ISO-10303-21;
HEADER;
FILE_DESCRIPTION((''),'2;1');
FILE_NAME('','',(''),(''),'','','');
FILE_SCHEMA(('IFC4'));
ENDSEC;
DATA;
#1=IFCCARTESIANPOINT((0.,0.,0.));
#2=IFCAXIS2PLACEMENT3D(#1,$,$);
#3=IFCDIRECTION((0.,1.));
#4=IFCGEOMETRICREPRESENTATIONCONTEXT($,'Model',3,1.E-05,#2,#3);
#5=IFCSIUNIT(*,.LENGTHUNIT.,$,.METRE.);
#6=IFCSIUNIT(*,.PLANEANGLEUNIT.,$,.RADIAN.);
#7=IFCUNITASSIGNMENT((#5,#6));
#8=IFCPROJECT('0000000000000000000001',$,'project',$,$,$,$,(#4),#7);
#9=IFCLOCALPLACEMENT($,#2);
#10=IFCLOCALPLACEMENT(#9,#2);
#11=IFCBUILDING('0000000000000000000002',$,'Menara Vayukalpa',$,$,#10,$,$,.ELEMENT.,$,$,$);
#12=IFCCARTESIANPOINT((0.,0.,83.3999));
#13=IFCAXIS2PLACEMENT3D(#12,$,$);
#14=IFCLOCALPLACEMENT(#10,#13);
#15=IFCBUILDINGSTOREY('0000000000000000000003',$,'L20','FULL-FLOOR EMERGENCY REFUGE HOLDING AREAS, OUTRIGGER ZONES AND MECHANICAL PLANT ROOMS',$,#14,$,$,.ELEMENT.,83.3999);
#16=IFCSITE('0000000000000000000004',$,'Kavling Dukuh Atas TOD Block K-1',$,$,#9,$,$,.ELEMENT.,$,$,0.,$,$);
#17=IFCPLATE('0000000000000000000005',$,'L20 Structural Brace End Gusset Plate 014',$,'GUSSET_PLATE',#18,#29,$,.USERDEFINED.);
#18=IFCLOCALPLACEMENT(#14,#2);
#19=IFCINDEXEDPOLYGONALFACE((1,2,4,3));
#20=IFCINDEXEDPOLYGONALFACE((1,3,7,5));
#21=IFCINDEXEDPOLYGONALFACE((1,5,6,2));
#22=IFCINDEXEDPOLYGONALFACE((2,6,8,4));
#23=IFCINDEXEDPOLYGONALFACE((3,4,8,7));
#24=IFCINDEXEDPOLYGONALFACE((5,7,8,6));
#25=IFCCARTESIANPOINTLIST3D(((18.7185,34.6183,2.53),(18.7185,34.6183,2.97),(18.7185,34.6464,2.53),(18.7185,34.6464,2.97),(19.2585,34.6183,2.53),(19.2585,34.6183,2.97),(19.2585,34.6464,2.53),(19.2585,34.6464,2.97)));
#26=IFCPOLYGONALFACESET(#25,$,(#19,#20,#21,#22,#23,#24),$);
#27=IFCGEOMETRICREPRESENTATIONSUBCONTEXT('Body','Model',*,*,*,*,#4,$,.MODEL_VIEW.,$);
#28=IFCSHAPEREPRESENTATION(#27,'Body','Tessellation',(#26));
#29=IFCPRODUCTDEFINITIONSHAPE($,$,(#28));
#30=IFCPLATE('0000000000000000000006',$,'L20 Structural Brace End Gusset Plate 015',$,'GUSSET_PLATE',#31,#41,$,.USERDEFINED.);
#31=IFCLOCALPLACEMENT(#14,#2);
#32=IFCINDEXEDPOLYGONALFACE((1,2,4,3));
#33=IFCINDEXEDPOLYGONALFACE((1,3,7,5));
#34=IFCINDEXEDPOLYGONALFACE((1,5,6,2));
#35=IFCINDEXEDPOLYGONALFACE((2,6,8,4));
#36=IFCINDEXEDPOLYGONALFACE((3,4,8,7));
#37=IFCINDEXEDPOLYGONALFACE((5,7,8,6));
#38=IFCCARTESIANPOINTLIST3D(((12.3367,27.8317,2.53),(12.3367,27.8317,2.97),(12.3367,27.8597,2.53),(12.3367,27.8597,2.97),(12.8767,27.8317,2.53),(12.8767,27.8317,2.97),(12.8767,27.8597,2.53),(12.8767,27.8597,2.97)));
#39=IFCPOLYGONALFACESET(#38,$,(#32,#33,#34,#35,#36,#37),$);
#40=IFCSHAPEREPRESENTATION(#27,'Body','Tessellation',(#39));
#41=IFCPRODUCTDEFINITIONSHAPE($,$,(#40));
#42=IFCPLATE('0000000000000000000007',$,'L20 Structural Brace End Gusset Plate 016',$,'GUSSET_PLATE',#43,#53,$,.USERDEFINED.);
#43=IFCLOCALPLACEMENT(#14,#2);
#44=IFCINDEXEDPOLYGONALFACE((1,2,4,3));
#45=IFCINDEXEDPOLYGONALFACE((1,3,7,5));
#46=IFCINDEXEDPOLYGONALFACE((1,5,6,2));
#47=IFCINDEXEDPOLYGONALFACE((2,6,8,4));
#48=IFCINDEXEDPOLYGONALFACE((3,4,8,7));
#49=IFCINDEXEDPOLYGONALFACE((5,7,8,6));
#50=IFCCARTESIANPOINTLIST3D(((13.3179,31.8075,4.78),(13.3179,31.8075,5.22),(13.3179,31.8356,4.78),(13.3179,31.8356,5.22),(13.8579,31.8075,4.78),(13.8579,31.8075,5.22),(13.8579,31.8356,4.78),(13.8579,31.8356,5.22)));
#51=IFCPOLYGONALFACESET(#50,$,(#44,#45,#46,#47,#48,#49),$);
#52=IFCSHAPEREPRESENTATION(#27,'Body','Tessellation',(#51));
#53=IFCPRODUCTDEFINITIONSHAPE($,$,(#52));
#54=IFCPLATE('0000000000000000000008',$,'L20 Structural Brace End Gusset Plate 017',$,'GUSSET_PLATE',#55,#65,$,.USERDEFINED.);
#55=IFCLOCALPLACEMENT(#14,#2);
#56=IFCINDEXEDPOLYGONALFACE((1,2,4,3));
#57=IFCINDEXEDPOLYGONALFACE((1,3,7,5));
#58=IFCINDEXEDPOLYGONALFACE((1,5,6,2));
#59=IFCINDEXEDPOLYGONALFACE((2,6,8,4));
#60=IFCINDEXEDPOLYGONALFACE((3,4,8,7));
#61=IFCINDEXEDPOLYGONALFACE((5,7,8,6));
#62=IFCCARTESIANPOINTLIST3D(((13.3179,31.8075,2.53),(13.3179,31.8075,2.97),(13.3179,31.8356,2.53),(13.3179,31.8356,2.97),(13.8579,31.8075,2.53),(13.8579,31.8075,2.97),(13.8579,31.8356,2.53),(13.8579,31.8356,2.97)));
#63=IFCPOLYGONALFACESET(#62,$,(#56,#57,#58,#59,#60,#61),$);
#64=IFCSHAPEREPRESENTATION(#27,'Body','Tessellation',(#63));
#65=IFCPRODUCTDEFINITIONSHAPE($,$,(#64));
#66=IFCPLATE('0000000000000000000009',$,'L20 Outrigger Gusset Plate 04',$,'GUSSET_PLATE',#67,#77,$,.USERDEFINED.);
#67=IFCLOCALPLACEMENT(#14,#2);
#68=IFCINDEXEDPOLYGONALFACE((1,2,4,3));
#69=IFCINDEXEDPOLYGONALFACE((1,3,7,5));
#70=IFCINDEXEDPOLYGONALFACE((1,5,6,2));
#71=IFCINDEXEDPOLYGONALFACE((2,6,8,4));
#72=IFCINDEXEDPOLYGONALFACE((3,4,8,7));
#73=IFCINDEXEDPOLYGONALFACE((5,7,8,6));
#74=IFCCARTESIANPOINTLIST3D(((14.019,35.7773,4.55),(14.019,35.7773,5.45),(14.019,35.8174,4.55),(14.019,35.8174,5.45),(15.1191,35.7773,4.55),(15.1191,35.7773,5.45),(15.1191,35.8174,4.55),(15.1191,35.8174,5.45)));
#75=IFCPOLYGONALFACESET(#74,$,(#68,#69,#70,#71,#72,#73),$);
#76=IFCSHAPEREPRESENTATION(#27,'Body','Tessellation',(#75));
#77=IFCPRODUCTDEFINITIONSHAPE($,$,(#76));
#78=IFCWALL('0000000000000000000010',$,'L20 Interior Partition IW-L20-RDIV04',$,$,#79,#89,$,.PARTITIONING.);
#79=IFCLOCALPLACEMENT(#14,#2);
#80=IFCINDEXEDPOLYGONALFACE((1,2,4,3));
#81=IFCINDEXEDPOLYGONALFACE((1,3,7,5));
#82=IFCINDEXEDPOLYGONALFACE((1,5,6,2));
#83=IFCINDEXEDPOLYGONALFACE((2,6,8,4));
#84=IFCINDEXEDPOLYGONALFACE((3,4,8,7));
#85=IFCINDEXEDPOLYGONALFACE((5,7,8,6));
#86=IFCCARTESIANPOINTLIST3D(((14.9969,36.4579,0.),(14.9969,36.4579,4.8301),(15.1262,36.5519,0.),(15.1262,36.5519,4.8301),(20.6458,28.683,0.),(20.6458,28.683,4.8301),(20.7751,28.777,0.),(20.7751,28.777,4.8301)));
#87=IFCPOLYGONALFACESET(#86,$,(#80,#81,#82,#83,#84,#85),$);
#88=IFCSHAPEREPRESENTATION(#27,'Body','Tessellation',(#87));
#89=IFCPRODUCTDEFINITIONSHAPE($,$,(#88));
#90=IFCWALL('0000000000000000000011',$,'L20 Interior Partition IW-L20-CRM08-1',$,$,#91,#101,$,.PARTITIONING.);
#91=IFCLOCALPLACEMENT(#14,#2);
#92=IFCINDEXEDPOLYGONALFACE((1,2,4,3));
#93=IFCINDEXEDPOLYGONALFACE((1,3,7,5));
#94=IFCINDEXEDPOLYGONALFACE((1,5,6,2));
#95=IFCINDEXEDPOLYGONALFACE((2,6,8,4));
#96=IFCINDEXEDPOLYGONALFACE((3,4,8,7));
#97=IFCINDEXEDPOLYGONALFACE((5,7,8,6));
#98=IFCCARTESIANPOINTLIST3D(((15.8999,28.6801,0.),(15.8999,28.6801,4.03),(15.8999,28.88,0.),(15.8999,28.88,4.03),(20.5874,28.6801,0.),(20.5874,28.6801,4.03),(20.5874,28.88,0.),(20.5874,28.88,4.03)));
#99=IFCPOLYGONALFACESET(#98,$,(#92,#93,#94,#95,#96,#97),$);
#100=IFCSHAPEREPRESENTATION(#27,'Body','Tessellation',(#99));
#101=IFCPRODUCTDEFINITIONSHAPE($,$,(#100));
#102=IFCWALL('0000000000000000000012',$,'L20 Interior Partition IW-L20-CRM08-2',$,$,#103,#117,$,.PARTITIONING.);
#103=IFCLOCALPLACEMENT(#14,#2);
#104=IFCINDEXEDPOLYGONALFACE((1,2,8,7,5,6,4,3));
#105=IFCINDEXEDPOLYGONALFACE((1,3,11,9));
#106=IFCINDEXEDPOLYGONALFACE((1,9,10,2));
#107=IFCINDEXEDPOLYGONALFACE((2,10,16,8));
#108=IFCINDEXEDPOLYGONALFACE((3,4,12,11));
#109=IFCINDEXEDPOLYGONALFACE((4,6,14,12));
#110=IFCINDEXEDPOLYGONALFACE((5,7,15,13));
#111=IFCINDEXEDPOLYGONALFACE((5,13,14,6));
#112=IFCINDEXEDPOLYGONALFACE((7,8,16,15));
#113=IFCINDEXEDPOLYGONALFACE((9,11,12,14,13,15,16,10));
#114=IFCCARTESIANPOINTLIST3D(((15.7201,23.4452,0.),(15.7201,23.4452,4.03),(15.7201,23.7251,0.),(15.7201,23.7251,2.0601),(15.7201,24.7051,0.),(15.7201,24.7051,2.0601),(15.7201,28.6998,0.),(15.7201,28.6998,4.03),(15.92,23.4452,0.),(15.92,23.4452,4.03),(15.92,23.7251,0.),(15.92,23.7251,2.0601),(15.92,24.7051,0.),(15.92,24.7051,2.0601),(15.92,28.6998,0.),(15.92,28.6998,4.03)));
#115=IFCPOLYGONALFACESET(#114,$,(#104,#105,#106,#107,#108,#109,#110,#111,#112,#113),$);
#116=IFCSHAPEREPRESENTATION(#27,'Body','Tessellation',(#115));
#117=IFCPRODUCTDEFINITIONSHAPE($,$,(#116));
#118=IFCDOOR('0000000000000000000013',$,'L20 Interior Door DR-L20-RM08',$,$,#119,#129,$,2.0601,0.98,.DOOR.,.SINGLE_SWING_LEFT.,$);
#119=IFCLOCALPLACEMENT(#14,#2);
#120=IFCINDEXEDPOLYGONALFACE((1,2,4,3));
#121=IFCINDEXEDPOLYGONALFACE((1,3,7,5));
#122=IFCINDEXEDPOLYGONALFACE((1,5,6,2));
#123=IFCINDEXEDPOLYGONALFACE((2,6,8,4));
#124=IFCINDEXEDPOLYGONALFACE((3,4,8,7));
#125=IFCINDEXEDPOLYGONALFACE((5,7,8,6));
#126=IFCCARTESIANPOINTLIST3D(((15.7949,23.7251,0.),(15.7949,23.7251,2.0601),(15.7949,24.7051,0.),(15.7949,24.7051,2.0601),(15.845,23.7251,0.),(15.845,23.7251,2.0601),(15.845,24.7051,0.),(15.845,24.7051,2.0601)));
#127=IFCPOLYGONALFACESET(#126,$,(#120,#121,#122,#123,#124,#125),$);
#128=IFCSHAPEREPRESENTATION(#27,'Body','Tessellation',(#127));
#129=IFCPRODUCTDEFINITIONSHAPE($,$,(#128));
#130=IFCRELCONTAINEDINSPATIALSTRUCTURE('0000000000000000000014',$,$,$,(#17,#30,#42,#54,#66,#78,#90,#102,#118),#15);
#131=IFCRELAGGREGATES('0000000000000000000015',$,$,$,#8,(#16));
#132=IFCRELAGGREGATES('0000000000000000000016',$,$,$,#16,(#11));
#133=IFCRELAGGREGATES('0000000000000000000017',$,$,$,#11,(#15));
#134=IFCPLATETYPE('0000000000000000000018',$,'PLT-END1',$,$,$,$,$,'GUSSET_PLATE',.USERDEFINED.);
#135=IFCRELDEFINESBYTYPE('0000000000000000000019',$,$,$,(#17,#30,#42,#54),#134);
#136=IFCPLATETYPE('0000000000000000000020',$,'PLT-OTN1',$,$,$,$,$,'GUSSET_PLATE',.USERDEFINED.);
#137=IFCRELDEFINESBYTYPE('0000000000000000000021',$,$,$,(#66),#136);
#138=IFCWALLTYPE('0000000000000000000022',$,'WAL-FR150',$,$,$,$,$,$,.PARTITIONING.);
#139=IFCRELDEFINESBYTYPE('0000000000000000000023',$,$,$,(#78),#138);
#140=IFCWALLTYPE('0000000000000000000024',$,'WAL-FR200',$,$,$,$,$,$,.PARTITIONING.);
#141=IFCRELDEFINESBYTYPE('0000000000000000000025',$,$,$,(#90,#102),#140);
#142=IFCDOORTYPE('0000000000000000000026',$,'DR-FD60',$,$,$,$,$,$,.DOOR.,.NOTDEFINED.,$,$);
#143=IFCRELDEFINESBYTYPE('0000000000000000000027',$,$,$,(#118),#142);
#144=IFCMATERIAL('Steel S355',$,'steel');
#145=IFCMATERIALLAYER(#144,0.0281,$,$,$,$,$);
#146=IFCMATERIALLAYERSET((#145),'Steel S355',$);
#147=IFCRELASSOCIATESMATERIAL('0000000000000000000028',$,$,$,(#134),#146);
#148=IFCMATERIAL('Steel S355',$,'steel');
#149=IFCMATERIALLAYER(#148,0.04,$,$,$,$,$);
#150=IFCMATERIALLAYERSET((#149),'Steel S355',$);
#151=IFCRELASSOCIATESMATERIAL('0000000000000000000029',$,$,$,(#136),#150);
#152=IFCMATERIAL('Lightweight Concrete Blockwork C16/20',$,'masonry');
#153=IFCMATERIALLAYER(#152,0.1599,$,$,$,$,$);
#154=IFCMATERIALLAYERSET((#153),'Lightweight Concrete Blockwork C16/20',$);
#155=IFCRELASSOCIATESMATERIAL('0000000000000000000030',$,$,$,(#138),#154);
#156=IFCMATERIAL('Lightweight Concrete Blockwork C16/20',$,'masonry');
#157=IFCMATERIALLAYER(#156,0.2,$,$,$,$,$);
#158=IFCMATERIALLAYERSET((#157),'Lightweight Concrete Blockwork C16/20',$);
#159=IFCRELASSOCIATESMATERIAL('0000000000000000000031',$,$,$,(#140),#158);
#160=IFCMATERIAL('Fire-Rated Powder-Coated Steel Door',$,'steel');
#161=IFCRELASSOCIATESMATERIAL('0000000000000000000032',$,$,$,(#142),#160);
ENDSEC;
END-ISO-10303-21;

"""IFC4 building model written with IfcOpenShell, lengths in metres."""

from ifc_helpers import new_model, si_unit, direction, frame, frame_2d, origin, origin_2d, place, context, subcontext, project, spatial, rectangle, extrude, material, layer, layer_set, type_object, element, fill, save


model = new_model("IFC4")

# Units and contexts
model_context = context("Model", 3, precision=1e-05, world=origin(), true_north=direction((0.0, 1.0)))
body_context = subcontext(model_context, "Body", "Model", "MODEL_VIEW")
ifc_project = project(units=[si_unit("LENGTHUNIT", "METRE"), si_unit("PLANEANGLEUNIT", "RADIAN")], contexts=[model_context])

# Site, building, storey
site_placement = place(None, origin())
site = spatial("IfcSite", under=ifc_project, at=site_placement, Name="Kavling Dukuh Atas TOD Block K-1", CompositionType="ELEMENT", RefElevation=0.0)
building_placement = place(site_placement, origin())
building = spatial("IfcBuilding", under=site, at=building_placement, Name="Menara Vayukalpa", CompositionType="ELEMENT")
storey_placement = place(building_placement, frame((0.0, 0.0, 83.3999)))
storey = spatial("IfcBuildingStorey", under=building, at=storey_placement, Name="L20", Description="FULL-FLOOR EMERGENCY REFUGE HOLDING AREAS, OUTRIGGER ZONES AND MECHANICAL PLANT ROOMS", CompositionType="ELEMENT", Elevation=83.3999)

# Plates
ifc_material_1 = material(Name="Steel S355", Category="steel")
ifc_layer_1 = layer(ifc_material_1, 0.0281)
ifc_layer_set_1 = layer_set([ifc_layer_1], Name="Steel S355")
plate_type_1 = type_object("IfcPlateType", Name="PLT-END1", ElementType="GUSSET_PLATE", PredefinedType="USERDEFINED", material=ifc_layer_set_1)
for number, where, z_axis, x_axis, name in (
    (1, (18.9885, 34.6323, 2.53), (0.0, 0.0, 1.0), (1.0, 0.0, 0.0), "L20 Structural Brace End Gusset Plate 014"),
    (2, (12.6067, 27.8457, 2.53), (0.0, 0.0, 1.0), (1.0, 0.0, 0.0), "L20 Structural Brace End Gusset Plate 015"),
    (3, (13.5879, 31.8215, 4.78), (0.0, 0.0, 1.0), (1.0, 0.0, 0.0), "L20 Structural Brace End Gusset Plate 016"),
    (4, (13.5879, 31.8215, 2.53), (0.0, 0.0, 1.0), (1.0, 0.0, 0.0), "L20 Structural Brace End Gusset Plate 017"),
):
    element("IfcPlate", number, at=place(storey_placement, frame(where, z_axis=z_axis, x_axis=x_axis)), inside=storey, type_object=plate_type_1, Name=name, ObjectType="GUSSET_PLATE", PredefinedType="USERDEFINED", context=body_context, shape_type="SweptSolid", body=[
        extrude(rectangle(XDim=0.54, YDim=0.0281, at=origin_2d()), origin(), (0.0, 0.0, 1.0), 0.4399),
    ])
ifc_material_2 = material(Name="Steel S355", Category="steel")
ifc_layer_2 = layer(ifc_material_2, 0.04)
ifc_layer_set_2 = layer_set([ifc_layer_2], Name="Steel S355")
plate_type_2 = type_object("IfcPlateType", Name="PLT-OTN1", ElementType="GUSSET_PLATE", PredefinedType="USERDEFINED", material=ifc_layer_set_2)
plate_placement = place(storey_placement, frame((14.5691, 35.7974, 4.55), z_axis=(0.0, 0.0, 1.0), x_axis=(1.0, 0.0, 0.0)))
element("IfcPlate", 5, at=plate_placement, inside=storey, type_object=plate_type_2, Name="L20 Outrigger Gusset Plate 04", ObjectType="GUSSET_PLATE", PredefinedType="USERDEFINED", context=body_context, shape_type="SweptSolid", body=[
    extrude(rectangle(XDim=1.1001, YDim=0.04, at=origin_2d()), origin(), (0.0, 0.0, 1.0), 0.8999),
])

# Walls
ifc_material_3 = material(Name="Lightweight Concrete Blockwork C16/20", Category="masonry")
ifc_layer_3 = layer(ifc_material_3, 0.1599)
ifc_layer_set_3 = layer_set([ifc_layer_3], Name="Lightweight Concrete Blockwork C16/20")
wall_type_1 = type_object("IfcWallType", Name="WAL-FR150", PredefinedType="PARTITIONING", material=ifc_layer_set_3)
wall_1_placement = place(storey_placement, frame((20.7104, 28.73, 0.0), z_axis=(0.0, 0.0, 1.0), x_axis=(-0.587794, 0.809011, 0.0)))
element("IfcWall", 6, at=wall_1_placement, inside=storey, type_object=wall_type_1, Name="L20 Interior Partition IW-L20-RDIV04", PredefinedType="PARTITIONING", context=body_context, shape_type="SweptSolid", body=[
    extrude(rectangle(XDim=9.6104, YDim=0.1599, at=frame_2d((4.8052, 0.0))), origin(), (0.0, 0.0, 1.0), 4.8301),
])
ifc_material_4 = material(Name="Lightweight Concrete Blockwork C16/20", Category="masonry")
ifc_layer_4 = layer(ifc_material_4, 0.2)
ifc_layer_set_4 = layer_set([ifc_layer_4], Name="Lightweight Concrete Blockwork C16/20")
wall_type_2 = type_object("IfcWallType", Name="WAL-FR200", PredefinedType="PARTITIONING", material=ifc_layer_set_4)
wall_2_placement = place(storey_placement, frame((20.5874, 28.78, 0.0), z_axis=(0.0, 0.0, 1.0), x_axis=(-1.0, 0.0, 0.0)))
element("IfcWall", 7, at=wall_2_placement, inside=storey, type_object=wall_type_2, Name="L20 Interior Partition IW-L20-CRM08-1", PredefinedType="PARTITIONING", context=body_context, shape_type="SweptSolid", body=[
    extrude(rectangle(XDim=4.6875, YDim=0.2, at=frame_2d((2.3438, 0.0))), origin(), (0.0, 0.0, 1.0), 4.03),
])

# Wall, opening, door
wall_3_placement = place(storey_placement, frame((15.8201, 28.7, 0.0), z_axis=(0.0, 0.0, 1.0), x_axis=(0.0, -1.0, 0.0)))
wall_3 = element("IfcWall", 8, at=wall_3_placement, inside=storey, type_object=wall_type_2, Name="L20 Interior Partition IW-L20-CRM08-2", PredefinedType="PARTITIONING", context=body_context, shape_type="SweptSolid", body=[
    extrude(rectangle(XDim=5.2546, YDim=0.2, at=frame_2d((2.6274, 0.0))), origin(), (0.0, 0.0, 1.0), 4.03),
])
opening_placement = place(wall_3_placement, frame((3.9949, 0.0, 0.0)))
opening = element("IfcOpeningElement", 9, at=opening_placement, cuts=wall_3, PredefinedType="OPENING", context=body_context, shape_type="SweptSolid", body=[
    extrude(rectangle(XDim=0.98, YDim=2.0601, at=frame_2d((0.49, 1.03))), frame((0.0, 0.1099, 0.0), z_axis=(0.0, -1.0, 0.0), x_axis=(1.0, 0.0, 0.0)), (0.0, 0.0, 1.0), 0.22),
])
ifc_material_5 = material(Name="Fire-Rated Powder-Coated Steel Door", Category="steel")
door_type = type_object("IfcDoorType", Name="DR-FD60", OperationType="NOTDEFINED", PredefinedType="DOOR", material=ifc_material_5)
door_placement = place(opening_placement, origin())
door = element("IfcDoor", 10, at=door_placement, inside=storey, type_object=door_type, Name="L20 Interior Door DR-L20-RM08", OperationType="SINGLE_SWING_LEFT", OverallHeight=2.0601, OverallWidth=0.98, PredefinedType="DOOR", context=body_context, shape_type="SweptSolid", body=[
    extrude(rectangle(XDim=0.98, YDim=2.0601, at=frame_2d((0.49, 1.03))), frame((0.0, 0.0249, 0.0), z_axis=(0.0, -1.0, 0.0), x_axis=(1.0, 0.0, 0.0)), (0.0, 0.0, 1.0), 0.05),
])
fill(opening, door)

save(model, "model.ifc")
